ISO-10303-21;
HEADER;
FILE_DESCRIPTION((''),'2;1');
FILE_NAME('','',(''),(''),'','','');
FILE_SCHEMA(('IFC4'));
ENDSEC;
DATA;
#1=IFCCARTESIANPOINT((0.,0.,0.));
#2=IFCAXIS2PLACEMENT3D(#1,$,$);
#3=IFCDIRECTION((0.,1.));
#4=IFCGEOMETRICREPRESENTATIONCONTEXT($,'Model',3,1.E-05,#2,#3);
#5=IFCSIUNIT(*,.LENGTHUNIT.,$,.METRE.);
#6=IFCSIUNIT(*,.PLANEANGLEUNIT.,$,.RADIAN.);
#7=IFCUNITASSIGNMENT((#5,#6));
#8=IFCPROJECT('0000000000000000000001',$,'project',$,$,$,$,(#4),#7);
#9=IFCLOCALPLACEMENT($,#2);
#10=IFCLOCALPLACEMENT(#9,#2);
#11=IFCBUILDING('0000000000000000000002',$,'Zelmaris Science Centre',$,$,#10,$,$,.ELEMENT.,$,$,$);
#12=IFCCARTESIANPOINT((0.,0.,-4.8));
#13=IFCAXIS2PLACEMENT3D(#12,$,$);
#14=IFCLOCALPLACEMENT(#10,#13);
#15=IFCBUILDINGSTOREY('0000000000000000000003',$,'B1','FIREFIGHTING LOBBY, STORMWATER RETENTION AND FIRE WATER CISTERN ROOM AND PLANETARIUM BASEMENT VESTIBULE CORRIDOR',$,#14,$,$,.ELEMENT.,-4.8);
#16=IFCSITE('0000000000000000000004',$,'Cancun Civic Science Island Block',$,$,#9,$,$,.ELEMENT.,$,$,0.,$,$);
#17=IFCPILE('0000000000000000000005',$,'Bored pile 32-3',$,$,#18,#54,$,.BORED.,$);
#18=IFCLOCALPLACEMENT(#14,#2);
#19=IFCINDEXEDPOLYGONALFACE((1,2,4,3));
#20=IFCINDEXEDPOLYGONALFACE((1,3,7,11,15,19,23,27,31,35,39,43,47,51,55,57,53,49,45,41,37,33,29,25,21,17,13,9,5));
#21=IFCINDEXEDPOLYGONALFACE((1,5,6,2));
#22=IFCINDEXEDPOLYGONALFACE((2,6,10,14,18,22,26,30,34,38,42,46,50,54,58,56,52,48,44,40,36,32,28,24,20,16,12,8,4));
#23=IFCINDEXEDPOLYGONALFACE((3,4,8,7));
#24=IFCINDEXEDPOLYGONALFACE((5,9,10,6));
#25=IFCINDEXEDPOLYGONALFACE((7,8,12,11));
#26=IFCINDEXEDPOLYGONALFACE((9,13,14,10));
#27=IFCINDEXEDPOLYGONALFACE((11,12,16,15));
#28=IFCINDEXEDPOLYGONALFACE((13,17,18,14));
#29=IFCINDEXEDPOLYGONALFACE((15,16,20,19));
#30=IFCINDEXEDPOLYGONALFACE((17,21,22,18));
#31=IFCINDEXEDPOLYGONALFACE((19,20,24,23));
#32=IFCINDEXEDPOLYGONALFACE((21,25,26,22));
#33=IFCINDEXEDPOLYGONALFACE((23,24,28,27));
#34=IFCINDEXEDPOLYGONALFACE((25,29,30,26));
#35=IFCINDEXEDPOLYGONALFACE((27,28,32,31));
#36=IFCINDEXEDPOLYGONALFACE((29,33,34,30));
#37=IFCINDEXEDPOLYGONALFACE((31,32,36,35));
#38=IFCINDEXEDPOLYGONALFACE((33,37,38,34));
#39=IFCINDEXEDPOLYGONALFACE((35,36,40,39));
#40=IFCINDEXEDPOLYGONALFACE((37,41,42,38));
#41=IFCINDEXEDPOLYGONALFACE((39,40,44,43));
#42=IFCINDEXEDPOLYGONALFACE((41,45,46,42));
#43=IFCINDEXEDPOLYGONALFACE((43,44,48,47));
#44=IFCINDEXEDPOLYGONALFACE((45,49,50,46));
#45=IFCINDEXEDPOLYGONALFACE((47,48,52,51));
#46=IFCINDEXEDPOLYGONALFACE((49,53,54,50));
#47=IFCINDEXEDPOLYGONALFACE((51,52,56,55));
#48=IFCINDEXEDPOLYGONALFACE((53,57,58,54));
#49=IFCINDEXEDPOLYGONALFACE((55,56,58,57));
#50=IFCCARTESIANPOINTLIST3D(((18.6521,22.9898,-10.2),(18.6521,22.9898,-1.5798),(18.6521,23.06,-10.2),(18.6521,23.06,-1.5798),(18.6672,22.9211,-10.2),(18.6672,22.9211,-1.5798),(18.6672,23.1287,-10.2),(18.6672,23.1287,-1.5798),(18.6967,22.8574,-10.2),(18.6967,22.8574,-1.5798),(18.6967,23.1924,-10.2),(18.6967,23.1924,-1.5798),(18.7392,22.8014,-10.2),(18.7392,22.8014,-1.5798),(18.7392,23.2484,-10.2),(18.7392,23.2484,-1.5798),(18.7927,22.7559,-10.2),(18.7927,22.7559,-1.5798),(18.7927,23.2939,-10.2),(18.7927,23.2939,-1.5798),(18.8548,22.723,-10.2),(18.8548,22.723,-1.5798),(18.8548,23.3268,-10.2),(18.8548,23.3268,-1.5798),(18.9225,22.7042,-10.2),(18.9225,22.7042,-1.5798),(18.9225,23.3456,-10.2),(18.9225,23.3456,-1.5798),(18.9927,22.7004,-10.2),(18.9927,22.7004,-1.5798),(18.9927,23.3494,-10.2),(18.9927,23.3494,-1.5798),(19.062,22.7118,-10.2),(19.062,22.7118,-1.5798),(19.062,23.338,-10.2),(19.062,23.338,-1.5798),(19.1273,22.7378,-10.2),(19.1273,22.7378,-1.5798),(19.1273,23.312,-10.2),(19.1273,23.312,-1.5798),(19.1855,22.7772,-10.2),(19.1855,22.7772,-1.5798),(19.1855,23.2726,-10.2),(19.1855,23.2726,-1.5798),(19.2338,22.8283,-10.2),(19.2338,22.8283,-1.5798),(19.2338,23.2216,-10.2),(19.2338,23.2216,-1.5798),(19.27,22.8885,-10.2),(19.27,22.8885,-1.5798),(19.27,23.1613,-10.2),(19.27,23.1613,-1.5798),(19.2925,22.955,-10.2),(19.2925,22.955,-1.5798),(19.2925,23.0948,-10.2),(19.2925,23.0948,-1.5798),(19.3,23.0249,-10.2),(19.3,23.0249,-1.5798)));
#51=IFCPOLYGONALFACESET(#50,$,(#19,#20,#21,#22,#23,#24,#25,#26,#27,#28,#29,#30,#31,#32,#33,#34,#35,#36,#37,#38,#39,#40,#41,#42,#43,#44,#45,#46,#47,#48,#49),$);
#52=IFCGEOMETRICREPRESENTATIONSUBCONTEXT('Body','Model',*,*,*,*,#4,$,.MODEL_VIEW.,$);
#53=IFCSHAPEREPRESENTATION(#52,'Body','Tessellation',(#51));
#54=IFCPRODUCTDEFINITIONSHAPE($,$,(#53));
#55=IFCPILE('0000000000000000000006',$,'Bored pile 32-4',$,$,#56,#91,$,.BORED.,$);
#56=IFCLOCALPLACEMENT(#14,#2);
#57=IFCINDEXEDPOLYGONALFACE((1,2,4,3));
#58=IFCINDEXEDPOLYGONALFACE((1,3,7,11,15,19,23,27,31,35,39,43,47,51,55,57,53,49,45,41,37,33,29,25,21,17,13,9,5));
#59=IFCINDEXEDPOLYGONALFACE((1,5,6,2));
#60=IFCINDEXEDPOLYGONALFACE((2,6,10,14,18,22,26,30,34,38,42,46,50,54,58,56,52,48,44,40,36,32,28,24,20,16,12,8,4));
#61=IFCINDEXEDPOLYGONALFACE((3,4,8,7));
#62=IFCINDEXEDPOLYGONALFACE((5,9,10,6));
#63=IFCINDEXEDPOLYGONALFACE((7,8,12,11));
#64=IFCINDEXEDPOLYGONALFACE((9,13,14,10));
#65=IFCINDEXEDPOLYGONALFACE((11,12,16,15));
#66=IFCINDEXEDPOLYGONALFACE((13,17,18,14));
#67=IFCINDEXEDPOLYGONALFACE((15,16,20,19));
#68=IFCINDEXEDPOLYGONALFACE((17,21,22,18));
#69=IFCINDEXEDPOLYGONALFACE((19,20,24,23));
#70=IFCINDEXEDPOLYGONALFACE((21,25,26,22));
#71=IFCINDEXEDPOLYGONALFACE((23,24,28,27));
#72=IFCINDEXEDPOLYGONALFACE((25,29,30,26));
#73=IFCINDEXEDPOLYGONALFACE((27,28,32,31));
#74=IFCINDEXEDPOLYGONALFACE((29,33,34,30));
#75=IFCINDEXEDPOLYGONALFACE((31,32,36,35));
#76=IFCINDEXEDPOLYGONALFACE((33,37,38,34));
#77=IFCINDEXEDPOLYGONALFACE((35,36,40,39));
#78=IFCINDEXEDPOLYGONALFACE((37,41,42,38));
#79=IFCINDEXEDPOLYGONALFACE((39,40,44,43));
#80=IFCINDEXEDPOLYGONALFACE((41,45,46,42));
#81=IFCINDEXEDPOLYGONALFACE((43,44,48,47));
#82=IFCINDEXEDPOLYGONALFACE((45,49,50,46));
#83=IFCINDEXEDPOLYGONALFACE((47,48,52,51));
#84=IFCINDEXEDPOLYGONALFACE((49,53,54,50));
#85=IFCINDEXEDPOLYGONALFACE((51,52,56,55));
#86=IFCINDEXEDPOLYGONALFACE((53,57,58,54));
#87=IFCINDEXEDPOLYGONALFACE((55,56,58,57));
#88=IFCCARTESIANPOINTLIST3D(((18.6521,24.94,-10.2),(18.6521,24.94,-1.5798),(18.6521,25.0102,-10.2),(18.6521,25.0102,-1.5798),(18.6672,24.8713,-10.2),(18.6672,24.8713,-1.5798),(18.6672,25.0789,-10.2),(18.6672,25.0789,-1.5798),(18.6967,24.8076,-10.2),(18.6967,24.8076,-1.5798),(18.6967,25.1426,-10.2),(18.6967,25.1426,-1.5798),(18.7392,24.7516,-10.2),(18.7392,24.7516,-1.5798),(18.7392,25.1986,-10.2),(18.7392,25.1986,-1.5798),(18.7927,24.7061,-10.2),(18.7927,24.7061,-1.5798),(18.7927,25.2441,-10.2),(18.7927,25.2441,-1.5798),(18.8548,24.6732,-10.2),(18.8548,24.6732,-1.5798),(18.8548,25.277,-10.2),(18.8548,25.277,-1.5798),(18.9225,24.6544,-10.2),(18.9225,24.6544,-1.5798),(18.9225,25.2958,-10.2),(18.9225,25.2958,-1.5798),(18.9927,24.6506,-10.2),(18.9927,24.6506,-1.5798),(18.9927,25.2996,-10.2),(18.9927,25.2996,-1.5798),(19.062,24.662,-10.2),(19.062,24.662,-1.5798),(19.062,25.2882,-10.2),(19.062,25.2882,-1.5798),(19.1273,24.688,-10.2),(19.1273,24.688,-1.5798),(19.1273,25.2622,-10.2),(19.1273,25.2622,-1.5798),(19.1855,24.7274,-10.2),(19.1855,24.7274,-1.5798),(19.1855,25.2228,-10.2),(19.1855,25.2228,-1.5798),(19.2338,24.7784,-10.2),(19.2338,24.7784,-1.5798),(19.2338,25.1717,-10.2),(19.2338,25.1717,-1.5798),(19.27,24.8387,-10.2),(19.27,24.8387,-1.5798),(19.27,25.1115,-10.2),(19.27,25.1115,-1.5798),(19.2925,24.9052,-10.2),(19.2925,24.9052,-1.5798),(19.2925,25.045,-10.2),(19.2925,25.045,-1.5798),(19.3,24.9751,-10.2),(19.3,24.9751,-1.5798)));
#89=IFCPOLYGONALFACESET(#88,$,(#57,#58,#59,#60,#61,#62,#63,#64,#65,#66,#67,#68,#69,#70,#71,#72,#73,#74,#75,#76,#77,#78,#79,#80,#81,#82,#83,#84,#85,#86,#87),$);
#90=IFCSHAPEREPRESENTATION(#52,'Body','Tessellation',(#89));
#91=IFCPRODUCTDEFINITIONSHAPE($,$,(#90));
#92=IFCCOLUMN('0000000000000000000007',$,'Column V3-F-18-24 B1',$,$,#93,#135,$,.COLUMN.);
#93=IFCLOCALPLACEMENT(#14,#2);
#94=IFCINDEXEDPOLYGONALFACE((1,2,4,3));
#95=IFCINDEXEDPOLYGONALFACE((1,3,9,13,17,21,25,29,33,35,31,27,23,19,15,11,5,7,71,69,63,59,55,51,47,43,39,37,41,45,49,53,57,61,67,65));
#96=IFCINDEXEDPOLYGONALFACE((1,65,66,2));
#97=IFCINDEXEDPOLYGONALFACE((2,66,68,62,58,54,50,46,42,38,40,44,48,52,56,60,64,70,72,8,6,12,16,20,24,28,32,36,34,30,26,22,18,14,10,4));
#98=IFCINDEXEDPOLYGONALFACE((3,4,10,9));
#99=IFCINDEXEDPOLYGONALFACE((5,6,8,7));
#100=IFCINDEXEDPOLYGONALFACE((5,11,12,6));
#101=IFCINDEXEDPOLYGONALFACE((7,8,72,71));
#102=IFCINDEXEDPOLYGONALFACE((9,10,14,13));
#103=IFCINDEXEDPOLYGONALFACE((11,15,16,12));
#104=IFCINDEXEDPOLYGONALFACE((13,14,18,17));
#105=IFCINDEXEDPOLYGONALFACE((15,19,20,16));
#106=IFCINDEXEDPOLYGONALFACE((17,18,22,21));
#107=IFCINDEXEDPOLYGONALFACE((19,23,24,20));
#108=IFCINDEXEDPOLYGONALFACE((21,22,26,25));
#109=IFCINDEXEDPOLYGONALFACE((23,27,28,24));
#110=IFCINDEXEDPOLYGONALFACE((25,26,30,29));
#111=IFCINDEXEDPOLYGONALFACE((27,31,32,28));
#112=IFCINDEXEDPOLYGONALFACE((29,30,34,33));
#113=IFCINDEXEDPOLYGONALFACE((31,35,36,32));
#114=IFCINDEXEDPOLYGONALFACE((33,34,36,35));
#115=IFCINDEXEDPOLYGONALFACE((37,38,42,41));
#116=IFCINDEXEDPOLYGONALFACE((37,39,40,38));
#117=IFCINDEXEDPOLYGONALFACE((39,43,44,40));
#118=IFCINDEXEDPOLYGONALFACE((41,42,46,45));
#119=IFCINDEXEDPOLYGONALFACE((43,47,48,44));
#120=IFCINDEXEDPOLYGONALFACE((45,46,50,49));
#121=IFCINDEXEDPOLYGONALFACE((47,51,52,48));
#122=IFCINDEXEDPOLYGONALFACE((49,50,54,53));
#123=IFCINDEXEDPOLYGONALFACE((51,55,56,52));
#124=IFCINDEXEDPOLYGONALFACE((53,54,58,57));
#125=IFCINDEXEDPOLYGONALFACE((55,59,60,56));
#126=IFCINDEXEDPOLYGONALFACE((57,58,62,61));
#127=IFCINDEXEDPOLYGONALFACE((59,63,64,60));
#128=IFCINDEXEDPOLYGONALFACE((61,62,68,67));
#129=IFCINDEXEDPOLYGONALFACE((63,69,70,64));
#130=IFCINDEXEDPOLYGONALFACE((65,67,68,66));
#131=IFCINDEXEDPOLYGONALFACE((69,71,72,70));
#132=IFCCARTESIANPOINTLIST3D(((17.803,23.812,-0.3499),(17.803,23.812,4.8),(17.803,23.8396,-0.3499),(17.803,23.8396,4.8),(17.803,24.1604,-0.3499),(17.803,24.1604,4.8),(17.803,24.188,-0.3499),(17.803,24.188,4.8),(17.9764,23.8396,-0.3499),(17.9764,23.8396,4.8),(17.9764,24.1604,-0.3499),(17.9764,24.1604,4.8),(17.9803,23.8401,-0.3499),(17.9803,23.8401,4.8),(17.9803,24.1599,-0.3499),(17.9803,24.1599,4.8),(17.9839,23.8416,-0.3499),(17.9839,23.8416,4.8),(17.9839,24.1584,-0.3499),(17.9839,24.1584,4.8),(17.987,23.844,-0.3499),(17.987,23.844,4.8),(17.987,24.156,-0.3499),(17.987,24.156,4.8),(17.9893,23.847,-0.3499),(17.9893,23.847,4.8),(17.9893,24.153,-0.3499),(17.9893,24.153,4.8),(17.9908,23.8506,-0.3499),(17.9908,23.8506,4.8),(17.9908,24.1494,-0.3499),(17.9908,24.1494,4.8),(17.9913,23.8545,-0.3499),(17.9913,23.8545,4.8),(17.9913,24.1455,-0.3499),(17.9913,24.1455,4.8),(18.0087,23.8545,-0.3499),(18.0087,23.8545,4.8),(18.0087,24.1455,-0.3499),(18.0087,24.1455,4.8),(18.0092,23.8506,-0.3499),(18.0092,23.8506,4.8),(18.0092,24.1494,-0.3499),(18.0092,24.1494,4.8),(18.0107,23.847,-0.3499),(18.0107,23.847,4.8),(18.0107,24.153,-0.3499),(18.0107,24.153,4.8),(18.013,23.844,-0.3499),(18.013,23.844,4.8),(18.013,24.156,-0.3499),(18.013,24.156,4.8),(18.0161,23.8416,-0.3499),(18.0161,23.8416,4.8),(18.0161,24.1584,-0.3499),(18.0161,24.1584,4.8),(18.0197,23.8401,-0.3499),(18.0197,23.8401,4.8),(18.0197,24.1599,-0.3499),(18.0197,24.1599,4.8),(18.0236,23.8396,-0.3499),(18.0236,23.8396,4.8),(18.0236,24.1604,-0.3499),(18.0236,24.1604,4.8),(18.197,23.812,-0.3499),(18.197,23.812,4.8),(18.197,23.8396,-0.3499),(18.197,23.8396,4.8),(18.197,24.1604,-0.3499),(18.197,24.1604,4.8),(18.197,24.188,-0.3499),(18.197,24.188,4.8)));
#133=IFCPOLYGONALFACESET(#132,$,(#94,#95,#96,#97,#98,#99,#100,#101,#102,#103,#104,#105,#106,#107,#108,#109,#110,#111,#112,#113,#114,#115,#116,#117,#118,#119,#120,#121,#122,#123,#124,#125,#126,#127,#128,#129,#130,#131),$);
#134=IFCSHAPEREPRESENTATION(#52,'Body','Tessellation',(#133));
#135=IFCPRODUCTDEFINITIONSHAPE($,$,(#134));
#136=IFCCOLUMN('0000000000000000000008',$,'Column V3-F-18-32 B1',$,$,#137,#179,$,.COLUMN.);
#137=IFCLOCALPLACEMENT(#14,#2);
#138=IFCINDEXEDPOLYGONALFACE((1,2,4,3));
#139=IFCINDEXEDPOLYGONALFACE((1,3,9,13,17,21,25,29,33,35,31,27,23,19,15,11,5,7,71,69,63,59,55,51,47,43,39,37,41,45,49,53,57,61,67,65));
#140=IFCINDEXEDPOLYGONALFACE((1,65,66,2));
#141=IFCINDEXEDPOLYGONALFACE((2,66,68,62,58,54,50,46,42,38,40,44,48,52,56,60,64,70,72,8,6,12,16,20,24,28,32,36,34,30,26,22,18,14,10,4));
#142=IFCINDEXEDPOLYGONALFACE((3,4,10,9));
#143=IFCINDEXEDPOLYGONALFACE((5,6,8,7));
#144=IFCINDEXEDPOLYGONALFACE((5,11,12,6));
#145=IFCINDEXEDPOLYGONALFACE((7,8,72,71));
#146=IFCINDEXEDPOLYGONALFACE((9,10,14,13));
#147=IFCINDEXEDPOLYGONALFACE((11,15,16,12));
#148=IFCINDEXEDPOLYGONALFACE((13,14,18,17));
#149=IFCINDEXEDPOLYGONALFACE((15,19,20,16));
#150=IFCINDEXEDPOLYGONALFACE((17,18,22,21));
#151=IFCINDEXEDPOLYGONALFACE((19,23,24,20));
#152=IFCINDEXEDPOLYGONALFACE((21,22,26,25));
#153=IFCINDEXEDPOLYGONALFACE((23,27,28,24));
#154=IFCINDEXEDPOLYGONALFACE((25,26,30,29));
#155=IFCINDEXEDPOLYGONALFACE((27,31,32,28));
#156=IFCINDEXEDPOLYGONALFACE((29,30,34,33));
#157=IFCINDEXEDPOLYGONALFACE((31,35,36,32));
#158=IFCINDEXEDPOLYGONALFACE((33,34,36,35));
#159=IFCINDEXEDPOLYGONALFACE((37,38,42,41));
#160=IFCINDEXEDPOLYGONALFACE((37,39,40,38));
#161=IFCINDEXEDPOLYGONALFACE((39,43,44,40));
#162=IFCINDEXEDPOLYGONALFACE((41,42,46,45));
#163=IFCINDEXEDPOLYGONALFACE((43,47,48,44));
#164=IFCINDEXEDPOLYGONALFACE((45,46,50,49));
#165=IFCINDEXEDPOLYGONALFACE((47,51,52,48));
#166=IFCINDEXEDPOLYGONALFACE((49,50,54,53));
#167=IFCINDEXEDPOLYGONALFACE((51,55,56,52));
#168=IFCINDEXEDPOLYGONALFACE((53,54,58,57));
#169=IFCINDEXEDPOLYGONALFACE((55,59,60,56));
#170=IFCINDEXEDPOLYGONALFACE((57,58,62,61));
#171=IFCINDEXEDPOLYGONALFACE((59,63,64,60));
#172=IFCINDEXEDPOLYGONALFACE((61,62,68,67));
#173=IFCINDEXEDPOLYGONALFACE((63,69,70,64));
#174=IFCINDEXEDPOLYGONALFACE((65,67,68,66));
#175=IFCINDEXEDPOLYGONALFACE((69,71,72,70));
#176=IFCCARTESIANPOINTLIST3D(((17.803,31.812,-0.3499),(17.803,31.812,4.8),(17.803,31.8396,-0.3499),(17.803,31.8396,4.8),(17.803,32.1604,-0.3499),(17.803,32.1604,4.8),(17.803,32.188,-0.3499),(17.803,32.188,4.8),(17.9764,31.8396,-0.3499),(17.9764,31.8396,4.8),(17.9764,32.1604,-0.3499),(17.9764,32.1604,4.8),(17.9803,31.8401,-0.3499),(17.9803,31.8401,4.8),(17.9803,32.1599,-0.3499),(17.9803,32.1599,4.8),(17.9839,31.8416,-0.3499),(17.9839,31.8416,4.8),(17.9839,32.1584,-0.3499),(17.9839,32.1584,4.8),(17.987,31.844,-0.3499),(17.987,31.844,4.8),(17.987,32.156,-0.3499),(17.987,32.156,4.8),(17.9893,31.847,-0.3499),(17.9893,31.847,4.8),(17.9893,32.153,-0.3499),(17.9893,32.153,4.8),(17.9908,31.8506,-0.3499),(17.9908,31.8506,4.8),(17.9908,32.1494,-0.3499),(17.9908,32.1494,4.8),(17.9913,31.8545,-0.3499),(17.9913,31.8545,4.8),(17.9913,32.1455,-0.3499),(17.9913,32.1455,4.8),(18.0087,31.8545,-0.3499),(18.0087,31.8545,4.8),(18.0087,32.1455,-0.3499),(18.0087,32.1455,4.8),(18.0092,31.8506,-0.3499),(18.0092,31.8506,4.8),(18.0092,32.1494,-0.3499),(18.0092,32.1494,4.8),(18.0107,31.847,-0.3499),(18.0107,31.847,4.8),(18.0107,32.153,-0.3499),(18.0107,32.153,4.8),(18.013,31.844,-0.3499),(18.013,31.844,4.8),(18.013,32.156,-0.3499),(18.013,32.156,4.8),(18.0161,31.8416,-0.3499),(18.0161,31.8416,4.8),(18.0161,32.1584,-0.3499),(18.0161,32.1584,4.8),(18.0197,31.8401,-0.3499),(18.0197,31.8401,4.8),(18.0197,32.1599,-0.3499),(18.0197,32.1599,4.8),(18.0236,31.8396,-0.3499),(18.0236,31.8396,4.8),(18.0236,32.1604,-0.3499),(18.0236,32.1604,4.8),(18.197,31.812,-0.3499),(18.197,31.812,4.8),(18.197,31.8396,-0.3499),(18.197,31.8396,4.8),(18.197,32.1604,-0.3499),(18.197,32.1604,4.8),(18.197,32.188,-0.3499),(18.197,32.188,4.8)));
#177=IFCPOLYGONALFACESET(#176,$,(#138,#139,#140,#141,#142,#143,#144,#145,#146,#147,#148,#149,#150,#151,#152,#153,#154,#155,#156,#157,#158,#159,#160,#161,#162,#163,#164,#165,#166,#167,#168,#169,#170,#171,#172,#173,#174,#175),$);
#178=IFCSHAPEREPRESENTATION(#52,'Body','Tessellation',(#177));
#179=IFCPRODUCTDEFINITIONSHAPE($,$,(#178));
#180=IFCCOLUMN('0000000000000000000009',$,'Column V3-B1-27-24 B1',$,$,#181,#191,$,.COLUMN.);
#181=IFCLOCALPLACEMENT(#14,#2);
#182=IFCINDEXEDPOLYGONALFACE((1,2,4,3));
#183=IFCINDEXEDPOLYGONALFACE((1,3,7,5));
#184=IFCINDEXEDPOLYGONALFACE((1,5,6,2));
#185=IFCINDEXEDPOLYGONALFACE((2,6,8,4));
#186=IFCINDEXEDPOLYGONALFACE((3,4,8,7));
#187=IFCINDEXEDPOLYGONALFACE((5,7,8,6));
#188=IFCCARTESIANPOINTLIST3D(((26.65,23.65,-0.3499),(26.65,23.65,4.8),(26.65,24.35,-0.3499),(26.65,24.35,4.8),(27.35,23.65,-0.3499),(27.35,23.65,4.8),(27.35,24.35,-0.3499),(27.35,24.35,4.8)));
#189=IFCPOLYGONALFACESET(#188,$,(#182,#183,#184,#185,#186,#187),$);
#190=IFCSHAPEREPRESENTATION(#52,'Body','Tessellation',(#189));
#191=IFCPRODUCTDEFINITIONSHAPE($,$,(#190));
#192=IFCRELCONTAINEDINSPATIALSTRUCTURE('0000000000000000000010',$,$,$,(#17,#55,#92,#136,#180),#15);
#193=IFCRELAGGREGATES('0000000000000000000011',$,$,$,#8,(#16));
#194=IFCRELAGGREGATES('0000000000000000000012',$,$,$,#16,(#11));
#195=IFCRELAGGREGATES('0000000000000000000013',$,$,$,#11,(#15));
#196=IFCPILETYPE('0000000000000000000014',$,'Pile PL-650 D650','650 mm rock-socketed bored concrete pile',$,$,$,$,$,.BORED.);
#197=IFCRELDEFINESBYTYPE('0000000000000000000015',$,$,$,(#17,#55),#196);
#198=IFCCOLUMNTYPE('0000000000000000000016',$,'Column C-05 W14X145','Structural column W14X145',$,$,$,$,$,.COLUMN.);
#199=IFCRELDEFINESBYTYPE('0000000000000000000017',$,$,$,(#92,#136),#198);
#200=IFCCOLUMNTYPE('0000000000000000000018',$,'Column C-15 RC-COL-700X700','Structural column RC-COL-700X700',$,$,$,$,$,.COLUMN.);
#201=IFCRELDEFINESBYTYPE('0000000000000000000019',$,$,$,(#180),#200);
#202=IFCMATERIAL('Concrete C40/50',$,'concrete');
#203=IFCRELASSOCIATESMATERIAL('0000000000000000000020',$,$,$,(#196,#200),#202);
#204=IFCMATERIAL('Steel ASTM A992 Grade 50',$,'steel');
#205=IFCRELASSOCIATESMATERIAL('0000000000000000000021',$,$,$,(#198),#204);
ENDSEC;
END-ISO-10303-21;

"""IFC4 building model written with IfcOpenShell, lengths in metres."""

from ifc_helpers import new_model, si_unit, direction, frame, origin, origin_2d, place, context, subcontext, project, spatial, rectangle, circle, i_section, extrude, material, material_profile, profile_set, type_object, element, save


model = new_model("IFC4")

# Units and contexts
model_context = context("Model", 3, precision=1e-05, world=origin(), true_north=direction((0.0, 1.0)))
body_context = subcontext(model_context, "Body", "Model", "MODEL_VIEW")
ifc_project = project(units=[si_unit("LENGTHUNIT", "METRE"), si_unit("PLANEANGLEUNIT", "RADIAN")], contexts=[model_context])

# Site, building, storey
site_placement = place(None, origin())
site = spatial("IfcSite", under=ifc_project, at=site_placement, Name="Cancun Civic Science Island Block", CompositionType="ELEMENT", RefElevation=0.0)
building_placement = place(site_placement, origin())
building = spatial("IfcBuilding", under=site, at=building_placement, Name="Zelmaris Science Centre", CompositionType="ELEMENT")
storey_placement = place(building_placement, frame((0.0, 0.0, -4.8)))
storey = spatial("IfcBuildingStorey", under=building, at=storey_placement, Name="B1", Description="FIREFIGHTING LOBBY, STORMWATER RETENTION AND FIRE WATER CISTERN ROOM AND PLANETARIUM BASEMENT VESTIBULE CORRIDOR", CompositionType="ELEMENT", Elevation=-4.8)

# Shared definitions
ifc_material_1 = material(Name="Concrete C40/50", Category="concrete")

# Piles
ifc_material_profile_1 = material_profile(ifc_material_1, circle(Radius=0.325, at=origin_2d()), Name="PILE-650")
ifc_profile_set_1 = profile_set([ifc_material_profile_1], Name="Concrete C40/50")
pile_type_1 = type_object("IfcPileType", Name="Pile PL-650 D650", Description="650 mm rock-socketed bored concrete pile", PredefinedType="BORED", material=ifc_profile_set_1)
for number, where, z_axis, x_axis, name in (
    (1, (18.9751, 23.0249, -1.5798), (0.0, 0.0, -1.0), (1.0, 0.0, 0.0), "Bored pile 32-3"),
    (2, (18.9751, 24.9751, -1.5798), (0.0, 0.0, -1.0), (1.0, 0.0, 0.0), "Bored pile 32-4"),
):
    element("IfcPile", number, at=place(storey_placement, frame(where, z_axis=z_axis, x_axis=x_axis)), inside=storey, type_object=pile_type_1, Name=name, PredefinedType="BORED", context=body_context, shape_type="SweptSolid", body=[
        extrude(circle(Radius=0.325, at=origin_2d()), origin(), (0.0, 0.0, 1.0), 8.6201),
    ])

# Columns
ifc_material_2 = material(Name="Steel ASTM A992 Grade 50", Category="steel")
ifc_material_profile_2 = material_profile(ifc_material_2, i_section(OverallWidth=0.394, OverallDepth=0.376, WebThickness=0.0173, FlangeThickness=0.0276, FilletRadius=0.0149, at=origin_2d()), Name="W14X145")
ifc_profile_set_2 = profile_set([ifc_material_profile_2], Name="Steel ASTM A992 Grade 50")
column_type_1 = type_object("IfcColumnType", Name="Column C-05 W14X145", Description="Structural column W14X145", PredefinedType="COLUMN", material=ifc_profile_set_2)
for number, where, z_axis, x_axis, name in (
    (3, (18.0, 24.0, -0.3499), (0.0, 0.0, 1.0), (1.0, 0.0, 0.0), "Column V3-F-18-24 B1"),
    (4, (18.0, 32.0, -0.3499), (0.0, 0.0, 1.0), (1.0, 0.0, 0.0), "Column V3-F-18-32 B1"),
):
    element("IfcColumn", number, at=place(storey_placement, frame(where, z_axis=z_axis, x_axis=x_axis)), inside=storey, type_object=column_type_1, Name=name, PredefinedType="COLUMN", context=body_context, shape_type="SweptSolid", body=[
        extrude(i_section(OverallWidth=0.394, OverallDepth=0.376, WebThickness=0.0173, FlangeThickness=0.0276, FilletRadius=0.0149, at=origin_2d()), origin(), (0.0, 0.0, 1.0), 5.1499),
    ])
ifc_material_profile_3 = material_profile(ifc_material_1, rectangle(XDim=0.7, YDim=0.7, at=origin_2d()), Name="RC-COL-700X700")
ifc_profile_set_3 = profile_set([ifc_material_profile_3], Name="Concrete C40/50")
column_type_2 = type_object("IfcColumnType", Name="Column C-15 RC-COL-700X700", Description="Structural column RC-COL-700X700", PredefinedType="COLUMN", material=ifc_profile_set_3)
column_placement = place(storey_placement, frame((27.0, 24.0, -0.3499), z_axis=(0.0, 0.0, 1.0), x_axis=(1.0, 0.0, 0.0)))
element("IfcColumn", 5, at=column_placement, inside=storey, type_object=column_type_2, Name="Column V3-B1-27-24 B1", PredefinedType="COLUMN", context=body_context, shape_type="SweptSolid", body=[
    extrude(rectangle(XDim=0.7, YDim=0.7, at=origin_2d()), origin(), (0.0, 0.0, 1.0), 5.1499),
])

save(model, "model.ifc")
